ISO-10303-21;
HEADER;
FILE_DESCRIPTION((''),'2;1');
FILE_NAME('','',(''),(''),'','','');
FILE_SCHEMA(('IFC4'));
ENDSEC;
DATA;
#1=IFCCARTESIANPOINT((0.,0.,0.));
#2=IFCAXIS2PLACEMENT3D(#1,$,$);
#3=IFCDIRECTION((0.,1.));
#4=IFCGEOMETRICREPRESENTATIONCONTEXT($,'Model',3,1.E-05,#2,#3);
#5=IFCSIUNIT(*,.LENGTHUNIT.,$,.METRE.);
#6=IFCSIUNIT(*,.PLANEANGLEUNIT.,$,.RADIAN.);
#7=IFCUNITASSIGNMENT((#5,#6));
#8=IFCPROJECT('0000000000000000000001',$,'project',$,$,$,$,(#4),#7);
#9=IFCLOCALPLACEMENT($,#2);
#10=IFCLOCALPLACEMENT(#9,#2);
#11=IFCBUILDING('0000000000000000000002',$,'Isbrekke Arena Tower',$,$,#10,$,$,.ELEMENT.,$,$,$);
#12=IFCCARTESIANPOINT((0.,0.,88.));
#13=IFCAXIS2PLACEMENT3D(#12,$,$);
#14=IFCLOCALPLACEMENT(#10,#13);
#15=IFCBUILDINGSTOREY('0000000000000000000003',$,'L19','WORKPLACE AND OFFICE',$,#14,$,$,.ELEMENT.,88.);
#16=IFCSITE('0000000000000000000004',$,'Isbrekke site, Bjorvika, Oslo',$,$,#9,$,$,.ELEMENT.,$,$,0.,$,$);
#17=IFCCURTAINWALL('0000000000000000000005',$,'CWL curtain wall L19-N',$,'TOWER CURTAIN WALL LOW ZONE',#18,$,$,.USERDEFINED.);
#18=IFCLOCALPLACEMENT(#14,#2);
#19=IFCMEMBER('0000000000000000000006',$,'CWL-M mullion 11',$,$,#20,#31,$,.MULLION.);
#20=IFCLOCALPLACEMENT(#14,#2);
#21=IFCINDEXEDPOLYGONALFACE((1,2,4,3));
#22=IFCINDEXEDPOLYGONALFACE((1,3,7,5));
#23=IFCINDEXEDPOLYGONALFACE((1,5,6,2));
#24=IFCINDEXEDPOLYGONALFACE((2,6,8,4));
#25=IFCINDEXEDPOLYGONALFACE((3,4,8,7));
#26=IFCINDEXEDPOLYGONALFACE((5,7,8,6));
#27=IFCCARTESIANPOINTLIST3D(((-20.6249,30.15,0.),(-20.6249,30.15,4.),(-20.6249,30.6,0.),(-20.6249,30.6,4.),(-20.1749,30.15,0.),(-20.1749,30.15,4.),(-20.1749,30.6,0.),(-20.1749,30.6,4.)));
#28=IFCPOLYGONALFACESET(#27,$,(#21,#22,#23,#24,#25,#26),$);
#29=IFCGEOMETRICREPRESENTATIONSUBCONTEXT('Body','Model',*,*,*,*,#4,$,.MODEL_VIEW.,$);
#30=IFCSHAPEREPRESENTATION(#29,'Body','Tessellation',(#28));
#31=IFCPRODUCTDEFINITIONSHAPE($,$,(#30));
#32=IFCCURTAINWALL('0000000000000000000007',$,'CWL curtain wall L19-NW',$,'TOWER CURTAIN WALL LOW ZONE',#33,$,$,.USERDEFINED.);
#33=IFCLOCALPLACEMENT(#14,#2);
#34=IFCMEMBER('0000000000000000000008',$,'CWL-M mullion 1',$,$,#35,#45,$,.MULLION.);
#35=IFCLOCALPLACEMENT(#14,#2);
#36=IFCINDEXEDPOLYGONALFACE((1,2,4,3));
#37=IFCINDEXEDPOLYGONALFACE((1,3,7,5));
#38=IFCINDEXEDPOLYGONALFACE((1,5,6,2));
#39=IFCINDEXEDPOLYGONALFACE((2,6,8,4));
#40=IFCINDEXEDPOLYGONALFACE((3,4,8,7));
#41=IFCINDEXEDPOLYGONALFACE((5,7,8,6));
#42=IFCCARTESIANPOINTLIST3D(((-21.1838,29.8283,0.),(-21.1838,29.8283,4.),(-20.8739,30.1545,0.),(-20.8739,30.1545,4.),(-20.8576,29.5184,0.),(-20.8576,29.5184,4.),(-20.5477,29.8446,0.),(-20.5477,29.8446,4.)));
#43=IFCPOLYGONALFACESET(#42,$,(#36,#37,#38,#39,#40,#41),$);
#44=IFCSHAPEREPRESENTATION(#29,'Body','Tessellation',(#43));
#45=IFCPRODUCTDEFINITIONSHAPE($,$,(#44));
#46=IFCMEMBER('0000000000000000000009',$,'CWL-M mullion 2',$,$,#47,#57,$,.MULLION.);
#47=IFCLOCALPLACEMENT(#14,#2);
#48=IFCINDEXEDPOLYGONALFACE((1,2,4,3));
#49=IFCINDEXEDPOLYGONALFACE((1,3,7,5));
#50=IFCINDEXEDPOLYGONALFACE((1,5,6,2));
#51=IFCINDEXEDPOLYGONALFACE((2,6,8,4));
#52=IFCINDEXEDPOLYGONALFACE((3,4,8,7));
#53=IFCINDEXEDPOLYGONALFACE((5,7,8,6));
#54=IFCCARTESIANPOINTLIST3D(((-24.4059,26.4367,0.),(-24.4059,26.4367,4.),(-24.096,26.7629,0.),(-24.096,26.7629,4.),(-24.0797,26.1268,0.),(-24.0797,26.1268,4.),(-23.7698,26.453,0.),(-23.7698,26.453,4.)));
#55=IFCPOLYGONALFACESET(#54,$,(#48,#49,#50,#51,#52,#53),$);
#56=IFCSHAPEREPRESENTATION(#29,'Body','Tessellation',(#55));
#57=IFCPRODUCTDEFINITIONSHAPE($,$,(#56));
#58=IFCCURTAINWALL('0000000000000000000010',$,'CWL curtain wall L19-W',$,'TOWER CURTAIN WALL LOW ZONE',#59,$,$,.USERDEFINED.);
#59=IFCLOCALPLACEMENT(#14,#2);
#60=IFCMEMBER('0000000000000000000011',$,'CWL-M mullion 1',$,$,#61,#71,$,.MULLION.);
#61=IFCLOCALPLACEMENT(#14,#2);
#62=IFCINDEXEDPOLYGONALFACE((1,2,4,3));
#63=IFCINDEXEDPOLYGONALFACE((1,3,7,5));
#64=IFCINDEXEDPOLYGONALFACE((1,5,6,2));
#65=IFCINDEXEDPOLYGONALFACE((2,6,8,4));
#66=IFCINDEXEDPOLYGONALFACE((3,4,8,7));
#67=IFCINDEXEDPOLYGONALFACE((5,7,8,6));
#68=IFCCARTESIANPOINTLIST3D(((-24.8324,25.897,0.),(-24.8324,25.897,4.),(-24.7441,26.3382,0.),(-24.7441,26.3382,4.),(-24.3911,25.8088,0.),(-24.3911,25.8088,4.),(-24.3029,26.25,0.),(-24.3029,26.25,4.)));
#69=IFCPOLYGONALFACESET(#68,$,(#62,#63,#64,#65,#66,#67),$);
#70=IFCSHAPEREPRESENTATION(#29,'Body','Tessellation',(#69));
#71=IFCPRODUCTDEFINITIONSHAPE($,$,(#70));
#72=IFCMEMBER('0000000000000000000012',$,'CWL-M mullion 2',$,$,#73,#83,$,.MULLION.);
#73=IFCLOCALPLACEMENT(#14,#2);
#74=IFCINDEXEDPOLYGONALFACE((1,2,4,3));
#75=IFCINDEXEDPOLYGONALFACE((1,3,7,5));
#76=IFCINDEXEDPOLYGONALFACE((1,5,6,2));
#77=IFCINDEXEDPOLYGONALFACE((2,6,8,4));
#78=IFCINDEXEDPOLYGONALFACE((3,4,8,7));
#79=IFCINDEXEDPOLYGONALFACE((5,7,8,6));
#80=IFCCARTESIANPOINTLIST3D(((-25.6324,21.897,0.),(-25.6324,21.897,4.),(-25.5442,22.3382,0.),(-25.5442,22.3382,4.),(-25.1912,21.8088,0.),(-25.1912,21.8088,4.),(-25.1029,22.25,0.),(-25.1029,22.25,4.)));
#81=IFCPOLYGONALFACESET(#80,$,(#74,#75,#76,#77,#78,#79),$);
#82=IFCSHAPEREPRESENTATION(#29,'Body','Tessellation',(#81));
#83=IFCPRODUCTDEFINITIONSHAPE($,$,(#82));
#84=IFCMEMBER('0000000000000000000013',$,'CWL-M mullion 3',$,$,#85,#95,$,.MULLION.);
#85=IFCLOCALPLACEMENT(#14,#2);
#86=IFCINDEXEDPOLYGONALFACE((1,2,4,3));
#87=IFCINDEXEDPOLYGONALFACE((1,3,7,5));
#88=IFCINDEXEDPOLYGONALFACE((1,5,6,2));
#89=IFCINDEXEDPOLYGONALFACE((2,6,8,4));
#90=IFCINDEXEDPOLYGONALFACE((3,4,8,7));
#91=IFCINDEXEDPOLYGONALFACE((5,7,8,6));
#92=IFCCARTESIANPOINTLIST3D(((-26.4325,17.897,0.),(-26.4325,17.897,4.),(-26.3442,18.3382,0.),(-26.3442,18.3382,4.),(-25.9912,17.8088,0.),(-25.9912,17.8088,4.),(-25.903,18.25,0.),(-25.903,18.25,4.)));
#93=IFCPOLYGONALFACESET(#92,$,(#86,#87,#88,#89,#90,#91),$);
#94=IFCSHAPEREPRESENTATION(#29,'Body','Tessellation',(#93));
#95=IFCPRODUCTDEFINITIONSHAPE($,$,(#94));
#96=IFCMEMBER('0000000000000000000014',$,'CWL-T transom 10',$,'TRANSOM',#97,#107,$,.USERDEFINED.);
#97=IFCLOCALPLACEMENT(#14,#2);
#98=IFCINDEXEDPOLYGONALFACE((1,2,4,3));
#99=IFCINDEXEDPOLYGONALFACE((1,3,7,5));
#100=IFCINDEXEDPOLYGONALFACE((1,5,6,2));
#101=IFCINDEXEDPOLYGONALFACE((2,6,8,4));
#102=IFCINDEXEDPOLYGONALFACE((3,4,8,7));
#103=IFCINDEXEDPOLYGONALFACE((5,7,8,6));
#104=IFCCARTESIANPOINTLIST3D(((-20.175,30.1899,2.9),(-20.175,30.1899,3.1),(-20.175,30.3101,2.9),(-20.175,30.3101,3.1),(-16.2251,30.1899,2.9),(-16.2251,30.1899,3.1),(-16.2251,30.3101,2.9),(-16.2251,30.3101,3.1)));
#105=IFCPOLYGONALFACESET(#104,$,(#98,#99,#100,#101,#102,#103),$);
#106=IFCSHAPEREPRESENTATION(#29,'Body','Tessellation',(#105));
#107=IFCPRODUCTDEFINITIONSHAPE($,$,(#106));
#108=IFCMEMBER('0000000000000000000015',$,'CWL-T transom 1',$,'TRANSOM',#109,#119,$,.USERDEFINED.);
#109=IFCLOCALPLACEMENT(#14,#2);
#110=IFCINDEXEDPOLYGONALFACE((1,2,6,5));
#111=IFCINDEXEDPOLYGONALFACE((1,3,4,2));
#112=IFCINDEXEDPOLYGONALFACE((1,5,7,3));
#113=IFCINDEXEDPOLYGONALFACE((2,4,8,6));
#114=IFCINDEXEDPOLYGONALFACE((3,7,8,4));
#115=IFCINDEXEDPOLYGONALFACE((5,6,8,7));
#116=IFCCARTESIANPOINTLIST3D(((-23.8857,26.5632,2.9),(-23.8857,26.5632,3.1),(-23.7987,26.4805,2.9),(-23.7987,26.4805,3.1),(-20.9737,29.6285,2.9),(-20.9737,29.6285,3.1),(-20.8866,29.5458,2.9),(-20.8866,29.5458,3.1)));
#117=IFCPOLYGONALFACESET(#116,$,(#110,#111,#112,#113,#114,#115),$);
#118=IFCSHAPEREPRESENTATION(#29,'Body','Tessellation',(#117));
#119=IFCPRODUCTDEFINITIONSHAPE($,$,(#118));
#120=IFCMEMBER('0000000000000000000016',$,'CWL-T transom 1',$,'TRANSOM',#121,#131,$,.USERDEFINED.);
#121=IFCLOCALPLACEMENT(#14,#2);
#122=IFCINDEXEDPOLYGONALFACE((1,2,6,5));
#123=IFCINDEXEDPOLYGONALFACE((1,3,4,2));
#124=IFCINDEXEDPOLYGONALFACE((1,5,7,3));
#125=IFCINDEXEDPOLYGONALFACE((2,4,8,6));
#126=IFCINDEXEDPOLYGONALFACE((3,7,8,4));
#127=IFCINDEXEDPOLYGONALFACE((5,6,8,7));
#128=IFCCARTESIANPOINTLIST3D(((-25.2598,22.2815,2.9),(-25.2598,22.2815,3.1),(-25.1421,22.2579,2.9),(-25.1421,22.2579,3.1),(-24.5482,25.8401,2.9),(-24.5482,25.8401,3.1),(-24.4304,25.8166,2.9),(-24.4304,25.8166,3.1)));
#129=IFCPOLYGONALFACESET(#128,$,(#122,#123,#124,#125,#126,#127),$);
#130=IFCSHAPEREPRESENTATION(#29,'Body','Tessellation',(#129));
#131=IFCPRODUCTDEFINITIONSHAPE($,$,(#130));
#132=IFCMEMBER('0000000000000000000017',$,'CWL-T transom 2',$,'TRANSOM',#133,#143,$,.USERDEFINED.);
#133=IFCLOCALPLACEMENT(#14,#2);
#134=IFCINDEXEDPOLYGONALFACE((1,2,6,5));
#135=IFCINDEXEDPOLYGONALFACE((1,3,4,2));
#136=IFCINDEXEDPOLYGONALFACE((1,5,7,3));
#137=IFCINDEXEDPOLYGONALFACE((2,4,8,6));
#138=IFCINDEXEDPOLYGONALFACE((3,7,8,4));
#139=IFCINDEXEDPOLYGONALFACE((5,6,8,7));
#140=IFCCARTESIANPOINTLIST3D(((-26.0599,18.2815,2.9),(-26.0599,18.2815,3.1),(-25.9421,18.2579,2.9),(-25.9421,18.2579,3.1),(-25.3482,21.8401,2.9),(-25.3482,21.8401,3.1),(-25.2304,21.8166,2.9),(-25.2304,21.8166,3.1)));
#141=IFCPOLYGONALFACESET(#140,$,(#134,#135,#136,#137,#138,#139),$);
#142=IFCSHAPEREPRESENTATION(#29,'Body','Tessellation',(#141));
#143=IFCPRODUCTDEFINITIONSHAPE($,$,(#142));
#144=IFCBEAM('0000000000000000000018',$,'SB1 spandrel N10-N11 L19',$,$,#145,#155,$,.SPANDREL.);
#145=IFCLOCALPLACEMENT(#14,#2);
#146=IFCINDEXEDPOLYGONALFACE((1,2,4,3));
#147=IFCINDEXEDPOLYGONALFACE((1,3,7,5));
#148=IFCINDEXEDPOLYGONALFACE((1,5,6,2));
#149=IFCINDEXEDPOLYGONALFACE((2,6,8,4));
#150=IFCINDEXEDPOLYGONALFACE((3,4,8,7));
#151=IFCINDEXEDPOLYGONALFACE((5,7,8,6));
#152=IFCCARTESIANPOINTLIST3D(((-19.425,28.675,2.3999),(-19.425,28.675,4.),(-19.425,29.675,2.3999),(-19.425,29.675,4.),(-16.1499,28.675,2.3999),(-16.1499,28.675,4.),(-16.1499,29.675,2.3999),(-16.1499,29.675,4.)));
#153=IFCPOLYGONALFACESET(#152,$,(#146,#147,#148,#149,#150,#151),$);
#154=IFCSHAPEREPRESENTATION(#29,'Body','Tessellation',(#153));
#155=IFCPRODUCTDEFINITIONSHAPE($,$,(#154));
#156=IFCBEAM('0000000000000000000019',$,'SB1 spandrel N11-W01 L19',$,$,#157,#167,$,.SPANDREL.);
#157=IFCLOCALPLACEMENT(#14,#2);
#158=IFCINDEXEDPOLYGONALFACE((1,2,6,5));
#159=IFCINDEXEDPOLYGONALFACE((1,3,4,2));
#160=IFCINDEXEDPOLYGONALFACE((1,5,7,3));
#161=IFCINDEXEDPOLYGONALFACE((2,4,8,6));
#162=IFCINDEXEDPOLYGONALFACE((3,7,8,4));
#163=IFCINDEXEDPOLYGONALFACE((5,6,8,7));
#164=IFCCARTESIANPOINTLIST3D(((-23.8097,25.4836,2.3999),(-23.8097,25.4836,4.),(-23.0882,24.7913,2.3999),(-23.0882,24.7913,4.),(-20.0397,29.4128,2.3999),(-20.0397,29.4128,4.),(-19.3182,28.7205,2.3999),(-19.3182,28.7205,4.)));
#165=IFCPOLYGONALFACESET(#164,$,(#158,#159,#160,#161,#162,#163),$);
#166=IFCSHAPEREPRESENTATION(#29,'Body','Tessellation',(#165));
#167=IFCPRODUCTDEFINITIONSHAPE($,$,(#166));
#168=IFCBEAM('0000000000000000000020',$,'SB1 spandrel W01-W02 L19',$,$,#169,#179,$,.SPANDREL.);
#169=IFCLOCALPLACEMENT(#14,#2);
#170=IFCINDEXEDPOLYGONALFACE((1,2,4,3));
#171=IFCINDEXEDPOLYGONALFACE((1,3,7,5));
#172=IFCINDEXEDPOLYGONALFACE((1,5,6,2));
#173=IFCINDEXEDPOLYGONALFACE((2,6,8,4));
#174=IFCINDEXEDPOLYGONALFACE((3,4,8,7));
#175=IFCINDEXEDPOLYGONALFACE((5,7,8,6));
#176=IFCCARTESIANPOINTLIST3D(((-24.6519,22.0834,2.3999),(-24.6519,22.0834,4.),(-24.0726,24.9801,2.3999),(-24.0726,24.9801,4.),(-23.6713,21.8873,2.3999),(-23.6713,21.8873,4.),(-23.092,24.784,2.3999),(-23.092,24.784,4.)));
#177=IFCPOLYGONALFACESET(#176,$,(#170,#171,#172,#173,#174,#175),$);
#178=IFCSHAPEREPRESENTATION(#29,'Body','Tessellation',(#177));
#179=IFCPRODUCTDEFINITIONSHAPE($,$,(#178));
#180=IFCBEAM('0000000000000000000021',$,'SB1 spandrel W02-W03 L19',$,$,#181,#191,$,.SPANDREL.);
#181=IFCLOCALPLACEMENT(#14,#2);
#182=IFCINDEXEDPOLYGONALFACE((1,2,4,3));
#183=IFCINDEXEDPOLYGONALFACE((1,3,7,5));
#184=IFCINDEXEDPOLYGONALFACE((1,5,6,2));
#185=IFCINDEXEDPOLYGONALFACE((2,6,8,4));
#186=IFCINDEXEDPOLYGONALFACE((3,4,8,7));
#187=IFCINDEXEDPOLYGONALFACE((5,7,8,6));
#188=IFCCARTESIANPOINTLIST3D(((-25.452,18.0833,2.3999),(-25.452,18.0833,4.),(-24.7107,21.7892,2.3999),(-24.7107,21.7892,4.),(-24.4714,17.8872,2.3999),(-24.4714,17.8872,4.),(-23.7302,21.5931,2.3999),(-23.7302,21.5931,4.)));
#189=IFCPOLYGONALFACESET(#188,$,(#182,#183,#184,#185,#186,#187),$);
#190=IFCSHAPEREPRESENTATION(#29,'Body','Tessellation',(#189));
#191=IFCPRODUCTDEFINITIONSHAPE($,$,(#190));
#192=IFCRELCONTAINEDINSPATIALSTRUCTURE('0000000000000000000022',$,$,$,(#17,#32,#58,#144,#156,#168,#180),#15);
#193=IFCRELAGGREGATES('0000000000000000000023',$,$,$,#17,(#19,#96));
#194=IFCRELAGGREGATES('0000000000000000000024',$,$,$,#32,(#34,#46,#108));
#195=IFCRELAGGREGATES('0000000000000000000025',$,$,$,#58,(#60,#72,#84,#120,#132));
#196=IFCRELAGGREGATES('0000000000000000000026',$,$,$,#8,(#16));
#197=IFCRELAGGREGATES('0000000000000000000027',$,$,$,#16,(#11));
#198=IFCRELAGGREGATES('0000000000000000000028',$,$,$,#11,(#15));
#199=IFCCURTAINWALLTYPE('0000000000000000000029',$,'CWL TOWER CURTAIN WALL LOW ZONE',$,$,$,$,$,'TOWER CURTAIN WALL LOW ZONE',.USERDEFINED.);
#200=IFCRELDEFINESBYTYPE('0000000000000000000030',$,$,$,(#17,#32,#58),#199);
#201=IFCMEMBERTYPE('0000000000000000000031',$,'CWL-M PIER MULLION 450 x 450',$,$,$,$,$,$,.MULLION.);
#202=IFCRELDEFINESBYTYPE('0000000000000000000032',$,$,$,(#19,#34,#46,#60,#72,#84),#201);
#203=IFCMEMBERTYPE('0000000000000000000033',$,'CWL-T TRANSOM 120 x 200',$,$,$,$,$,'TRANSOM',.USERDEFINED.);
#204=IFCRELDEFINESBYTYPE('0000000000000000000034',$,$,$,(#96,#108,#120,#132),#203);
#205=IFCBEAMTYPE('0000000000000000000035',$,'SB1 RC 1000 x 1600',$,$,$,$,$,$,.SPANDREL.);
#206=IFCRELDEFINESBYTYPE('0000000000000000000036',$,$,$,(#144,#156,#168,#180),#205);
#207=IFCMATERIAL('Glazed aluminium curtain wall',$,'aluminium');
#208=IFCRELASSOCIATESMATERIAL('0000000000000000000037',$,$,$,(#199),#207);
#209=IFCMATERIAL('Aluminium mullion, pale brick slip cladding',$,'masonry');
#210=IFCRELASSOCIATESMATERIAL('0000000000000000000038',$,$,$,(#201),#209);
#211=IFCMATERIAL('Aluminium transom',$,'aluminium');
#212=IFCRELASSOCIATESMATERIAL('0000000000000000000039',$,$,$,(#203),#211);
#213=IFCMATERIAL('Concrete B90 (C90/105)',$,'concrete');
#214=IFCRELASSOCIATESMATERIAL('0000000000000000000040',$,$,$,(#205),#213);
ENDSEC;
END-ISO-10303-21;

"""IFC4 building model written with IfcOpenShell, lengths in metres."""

from ifc_helpers import new_model, si_unit, direction, frame, origin, origin_2d, place, context, subcontext, project, spatial, rectangle, extrude, material, material_profile, profile_set, type_object, element, aggregate, save


model = new_model("IFC4")

# Units and contexts
model_context = context("Model", 3, precision=1e-05, world=origin(), true_north=direction((0.0, 1.0)))
body_context = subcontext(model_context, "Body", "Model", "MODEL_VIEW")
ifc_project = project(units=[si_unit("LENGTHUNIT", "METRE"), si_unit("PLANEANGLEUNIT", "RADIAN")], contexts=[model_context])

# Site, building, storey
site_placement = place(None, origin())
site = spatial("IfcSite", under=ifc_project, at=site_placement, Name="Isbrekke site, Bjorvika, Oslo", CompositionType="ELEMENT", RefElevation=0.0)
building_placement = place(site_placement, origin())
building = spatial("IfcBuilding", under=site, at=building_placement, Name="Isbrekke Arena Tower", CompositionType="ELEMENT")
storey_placement = place(building_placement, frame((0.0, 0.0, 88.0)))
storey = spatial("IfcBuildingStorey", under=building, at=storey_placement, Name="L19", Description="WORKPLACE AND OFFICE", CompositionType="ELEMENT", Elevation=88.0)

# Curtain wall, member
ifc_material_1 = material(Name="Glazed aluminium curtain wall", Category="aluminium")
curtain_wall_type = type_object("IfcCurtainWallType", Name="CWL TOWER CURTAIN WALL LOW ZONE", ElementType="TOWER CURTAIN WALL LOW ZONE", PredefinedType="USERDEFINED", material=ifc_material_1)
curtain_wall_1_placement = place(storey_placement, origin())
curtain_wall_1 = element("IfcCurtainWall", 1, at=curtain_wall_1_placement, inside=storey, type_object=curtain_wall_type, Name="CWL curtain wall L19-N", ObjectType="TOWER CURTAIN WALL LOW ZONE", PredefinedType="USERDEFINED")
ifc_material_2 = material(Name="Aluminium mullion, pale brick slip cladding", Category="masonry")
ifc_material_profile_1 = material_profile(ifc_material_2, rectangle(XDim=0.45, YDim=0.45, at=origin_2d()), Name="PIER 450X450")
ifc_profile_set_1 = profile_set([ifc_material_profile_1], Name="Aluminium mullion, pale brick slip cladding")
member_type_1 = type_object("IfcMemberType", Name="CWL-M PIER MULLION 450 x 450", PredefinedType="MULLION", material=ifc_profile_set_1)
member_1_placement = place(storey_placement, frame((-20.3999, 30.375, 0.0), z_axis=(0.0, 0.0, 1.0), x_axis=(-1.0, 0.0, 0.0)))
member_1 = element("IfcMember", 2, at=member_1_placement, type_object=member_type_1, Name="CWL-M mullion 11", PredefinedType="MULLION", context=body_context, shape_type="SweptSolid", body=[
    extrude(rectangle(XDim=0.45, YDim=0.45, at=origin_2d()), origin(), (0.0, 0.0, 1.0), 4.0),
])

# Curtain walls, members
curtain_wall_2_placement = place(storey_placement, origin())
curtain_wall_2 = element("IfcCurtainWall", 3, at=curtain_wall_2_placement, inside=storey, type_object=curtain_wall_type, Name="CWL curtain wall L19-NW", ObjectType="TOWER CURTAIN WALL LOW ZONE", PredefinedType="USERDEFINED")
member_2_placement = place(storey_placement, frame((-20.8657, 29.8364, 0.0), z_axis=(0.0, 0.0, 1.0), x_axis=(-0.688749, -0.724999, 0.0)))
member_2 = element("IfcMember", 4, at=member_2_placement, type_object=member_type_1, Name="CWL-M mullion 1", PredefinedType="MULLION", context=body_context, shape_type="SweptSolid", body=[
    extrude(rectangle(XDim=0.45, YDim=0.45, at=origin_2d()), origin(), (0.0, 0.0, 1.0), 4.0),
])
member_3_placement = place(storey_placement, frame((-24.0879, 26.4448, 0.0), z_axis=(0.0, 0.0, 1.0), x_axis=(-0.688749, -0.724999, 0.0)))
member_3 = element("IfcMember", 5, at=member_3_placement, type_object=member_type_1, Name="CWL-M mullion 2", PredefinedType="MULLION", context=body_context, shape_type="SweptSolid", body=[
    extrude(rectangle(XDim=0.45, YDim=0.45, at=origin_2d()), origin(), (0.0, 0.0, 1.0), 4.0),
])
curtain_wall_3_placement = place(storey_placement, origin())
curtain_wall_3 = element("IfcCurtainWall", 6, at=curtain_wall_3_placement, inside=storey, type_object=curtain_wall_type, Name="CWL curtain wall L19-W", ObjectType="TOWER CURTAIN WALL LOW ZONE", PredefinedType="USERDEFINED")
member_4_placement = place(storey_placement, frame((-24.5676, 26.0735, 0.0), z_axis=(0.0, 0.0, 1.0), x_axis=(-0.196116, -0.980581, 0.0)))
member_4 = element("IfcMember", 7, at=member_4_placement, type_object=member_type_1, Name="CWL-M mullion 1", PredefinedType="MULLION", context=body_context, shape_type="SweptSolid", body=[
    extrude(rectangle(XDim=0.45, YDim=0.45, at=origin_2d()), origin(), (0.0, 0.0, 1.0), 4.0),
])
member_5_placement = place(storey_placement, frame((-25.3677, 22.0735, 0.0), z_axis=(0.0, 0.0, 1.0), x_axis=(-0.196116, -0.980581, 0.0)))
member_5 = element("IfcMember", 8, at=member_5_placement, type_object=member_type_1, Name="CWL-M mullion 2", PredefinedType="MULLION", context=body_context, shape_type="SweptSolid", body=[
    extrude(rectangle(XDim=0.45, YDim=0.45, at=origin_2d()), origin(), (0.0, 0.0, 1.0), 4.0),
])
member_6_placement = place(storey_placement, frame((-26.1677, 18.0735, 0.0), z_axis=(0.0, 0.0, 1.0), x_axis=(-0.196116, -0.980581, 0.0)))
member_6 = element("IfcMember", 9, at=member_6_placement, type_object=member_type_1, Name="CWL-M mullion 3", PredefinedType="MULLION", context=body_context, shape_type="SweptSolid", body=[
    extrude(rectangle(XDim=0.45, YDim=0.45, at=origin_2d()), origin(), (0.0, 0.0, 1.0), 4.0),
])

# Members
ifc_material_3 = material(Name="Aluminium transom", Category="aluminium")
ifc_material_profile_2 = material_profile(ifc_material_3, rectangle(XDim=0.1201, YDim=0.2, at=origin_2d()), Name="TRANSOM 120X200")
ifc_profile_set_2 = profile_set([ifc_material_profile_2], Name="Aluminium transom")
member_type_2 = type_object("IfcMemberType", Name="CWL-T TRANSOM 120 x 200", ElementType="TRANSOM", PredefinedType="USERDEFINED", material=ifc_profile_set_2)
member_7_placement = place(storey_placement, frame((-16.2251, 30.25, 3.0), z_axis=(-1.0, 0.0, 0.0), x_axis=(0.0, -1.0, 0.0)))
member_7 = element("IfcMember", 10, at=member_7_placement, type_object=member_type_2, Name="CWL-T transom 10", ObjectType="TRANSOM", PredefinedType="USERDEFINED", context=body_context, shape_type="SweptSolid", body=[
    extrude(rectangle(XDim=0.1201, YDim=0.2, at=origin_2d()), origin(), (0.0, 0.0, 1.0), 3.95),
])
member_8_placement = place(storey_placement, frame((-20.9302, 29.5872, 3.0), z_axis=(-0.688743, -0.725005, 0.0), x_axis=(0.725005, -0.688743, 0.0)))
member_8 = element("IfcMember", 11, at=member_8_placement, type_object=member_type_2, Name="CWL-T transom 1", ObjectType="TRANSOM", PredefinedType="USERDEFINED", context=body_context, shape_type="SweptSolid", body=[
    extrude(rectangle(XDim=0.1201, YDim=0.2, at=origin_2d()), origin(), (0.0, 0.0, 1.0), 4.228),
])
member_9_placement = place(storey_placement, frame((-24.4893, 25.8284, 3.0), z_axis=(-0.196103, -0.980583, 0.0), x_axis=(0.980583, -0.196103, 0.0)))
member_9 = element("IfcMember", 12, at=member_9_placement, type_object=member_type_2, Name="CWL-T transom 1", ObjectType="TRANSOM", PredefinedType="USERDEFINED", context=body_context, shape_type="SweptSolid", body=[
    extrude(rectangle(XDim=0.1201, YDim=0.2, at=origin_2d()), origin(), (0.0, 0.0, 1.0), 3.6292),
])
member_10_placement = place(storey_placement, frame((-25.2893, 21.8284, 3.0), z_axis=(-0.196103, -0.980583, 0.0), x_axis=(0.980583, -0.196103, 0.0)))
member_10 = element("IfcMember", 13, at=member_10_placement, type_object=member_type_2, Name="CWL-T transom 2", ObjectType="TRANSOM", PredefinedType="USERDEFINED", context=body_context, shape_type="SweptSolid", body=[
    extrude(rectangle(XDim=0.1201, YDim=0.2, at=origin_2d()), origin(), (0.0, 0.0, 1.0), 3.6292),
])

# Beams
ifc_material_4 = material(Name="Concrete B90 (C90/105)", Category="concrete")
ifc_material_profile_3 = material_profile(ifc_material_4, rectangle(XDim=1.0, YDim=1.6001, at=origin_2d()), Name="RC 1000x1600")
ifc_profile_set_3 = profile_set([ifc_material_profile_3], Name="Concrete B90 (C90/105)")
beam_type_1 = type_object("IfcBeamType", Name="SB1 RC 1000 x 1600", PredefinedType="SPANDREL", material=ifc_profile_set_3)
beam_1_placement = place(storey_placement, frame((-16.1499, 29.175, 3.2), z_axis=(-1.0, 0.0, 0.0), x_axis=(0.0, -1.0, 0.0)))
element("IfcBeam", 14, at=beam_1_placement, inside=storey, type_object=beam_type_1, Name="SB1 spandrel N10-N11 L19", PredefinedType="SPANDREL", context=body_context, shape_type="SweptSolid", body=[
    extrude(rectangle(XDim=1.0, YDim=1.6001, at=origin_2d()), origin(), (0.0, 0.0, 1.0), 3.2751),
])
beam_2_placement = place(storey_placement, frame((-19.679, 29.0667, 3.2), z_axis=(-0.69234, -0.721572, 0.0), x_axis=(0.721572, -0.69234, 0.0)))
element("IfcBeam", 15, at=beam_2_placement, inside=storey, type_object=beam_type_1, Name="SB1 spandrel N11-W01 L19", PredefinedType="SPANDREL", context=body_context, shape_type="SweptSolid", body=[
    extrude(rectangle(XDim=1.0, YDim=1.6001, at=origin_2d()), origin(), (0.0, 0.0, 1.0), 5.4453),
])
beam_3_placement = place(storey_placement, frame((-23.5823, 24.8821, 3.2), z_axis=(-0.196116, -0.980581, 0.0), x_axis=(0.980581, -0.196116, 0.0)))
element("IfcBeam", 16, at=beam_3_placement, inside=storey, type_object=beam_type_1, Name="SB1 spandrel W01-W02 L19", PredefinedType="SPANDREL", context=body_context, shape_type="SweptSolid", body=[
    extrude(rectangle(XDim=1.0, YDim=1.6001, at=origin_2d()), origin(), (0.0, 0.0, 1.0), 2.9541),
])
beam_4_placement = place(storey_placement, frame((-24.2205, 21.6912, 3.2), z_axis=(-0.196129, -0.980578, 0.0), x_axis=(0.980578, -0.196129, 0.0)))
element("IfcBeam", 17, at=beam_4_placement, inside=storey, type_object=beam_type_1, Name="SB1 spandrel W02-W03 L19", PredefinedType="SPANDREL", context=body_context, shape_type="SweptSolid", body=[
    extrude(rectangle(XDim=1.0, YDim=1.6001, at=origin_2d()), origin(), (0.0, 0.0, 1.0), 3.7793),
])

aggregate(curtain_wall_1, [member_1, member_7])
aggregate(curtain_wall_2, [member_2, member_3, member_8])
aggregate(curtain_wall_3, [member_4, member_5, member_6, member_9, member_10])

save(model, "model.ifc")
